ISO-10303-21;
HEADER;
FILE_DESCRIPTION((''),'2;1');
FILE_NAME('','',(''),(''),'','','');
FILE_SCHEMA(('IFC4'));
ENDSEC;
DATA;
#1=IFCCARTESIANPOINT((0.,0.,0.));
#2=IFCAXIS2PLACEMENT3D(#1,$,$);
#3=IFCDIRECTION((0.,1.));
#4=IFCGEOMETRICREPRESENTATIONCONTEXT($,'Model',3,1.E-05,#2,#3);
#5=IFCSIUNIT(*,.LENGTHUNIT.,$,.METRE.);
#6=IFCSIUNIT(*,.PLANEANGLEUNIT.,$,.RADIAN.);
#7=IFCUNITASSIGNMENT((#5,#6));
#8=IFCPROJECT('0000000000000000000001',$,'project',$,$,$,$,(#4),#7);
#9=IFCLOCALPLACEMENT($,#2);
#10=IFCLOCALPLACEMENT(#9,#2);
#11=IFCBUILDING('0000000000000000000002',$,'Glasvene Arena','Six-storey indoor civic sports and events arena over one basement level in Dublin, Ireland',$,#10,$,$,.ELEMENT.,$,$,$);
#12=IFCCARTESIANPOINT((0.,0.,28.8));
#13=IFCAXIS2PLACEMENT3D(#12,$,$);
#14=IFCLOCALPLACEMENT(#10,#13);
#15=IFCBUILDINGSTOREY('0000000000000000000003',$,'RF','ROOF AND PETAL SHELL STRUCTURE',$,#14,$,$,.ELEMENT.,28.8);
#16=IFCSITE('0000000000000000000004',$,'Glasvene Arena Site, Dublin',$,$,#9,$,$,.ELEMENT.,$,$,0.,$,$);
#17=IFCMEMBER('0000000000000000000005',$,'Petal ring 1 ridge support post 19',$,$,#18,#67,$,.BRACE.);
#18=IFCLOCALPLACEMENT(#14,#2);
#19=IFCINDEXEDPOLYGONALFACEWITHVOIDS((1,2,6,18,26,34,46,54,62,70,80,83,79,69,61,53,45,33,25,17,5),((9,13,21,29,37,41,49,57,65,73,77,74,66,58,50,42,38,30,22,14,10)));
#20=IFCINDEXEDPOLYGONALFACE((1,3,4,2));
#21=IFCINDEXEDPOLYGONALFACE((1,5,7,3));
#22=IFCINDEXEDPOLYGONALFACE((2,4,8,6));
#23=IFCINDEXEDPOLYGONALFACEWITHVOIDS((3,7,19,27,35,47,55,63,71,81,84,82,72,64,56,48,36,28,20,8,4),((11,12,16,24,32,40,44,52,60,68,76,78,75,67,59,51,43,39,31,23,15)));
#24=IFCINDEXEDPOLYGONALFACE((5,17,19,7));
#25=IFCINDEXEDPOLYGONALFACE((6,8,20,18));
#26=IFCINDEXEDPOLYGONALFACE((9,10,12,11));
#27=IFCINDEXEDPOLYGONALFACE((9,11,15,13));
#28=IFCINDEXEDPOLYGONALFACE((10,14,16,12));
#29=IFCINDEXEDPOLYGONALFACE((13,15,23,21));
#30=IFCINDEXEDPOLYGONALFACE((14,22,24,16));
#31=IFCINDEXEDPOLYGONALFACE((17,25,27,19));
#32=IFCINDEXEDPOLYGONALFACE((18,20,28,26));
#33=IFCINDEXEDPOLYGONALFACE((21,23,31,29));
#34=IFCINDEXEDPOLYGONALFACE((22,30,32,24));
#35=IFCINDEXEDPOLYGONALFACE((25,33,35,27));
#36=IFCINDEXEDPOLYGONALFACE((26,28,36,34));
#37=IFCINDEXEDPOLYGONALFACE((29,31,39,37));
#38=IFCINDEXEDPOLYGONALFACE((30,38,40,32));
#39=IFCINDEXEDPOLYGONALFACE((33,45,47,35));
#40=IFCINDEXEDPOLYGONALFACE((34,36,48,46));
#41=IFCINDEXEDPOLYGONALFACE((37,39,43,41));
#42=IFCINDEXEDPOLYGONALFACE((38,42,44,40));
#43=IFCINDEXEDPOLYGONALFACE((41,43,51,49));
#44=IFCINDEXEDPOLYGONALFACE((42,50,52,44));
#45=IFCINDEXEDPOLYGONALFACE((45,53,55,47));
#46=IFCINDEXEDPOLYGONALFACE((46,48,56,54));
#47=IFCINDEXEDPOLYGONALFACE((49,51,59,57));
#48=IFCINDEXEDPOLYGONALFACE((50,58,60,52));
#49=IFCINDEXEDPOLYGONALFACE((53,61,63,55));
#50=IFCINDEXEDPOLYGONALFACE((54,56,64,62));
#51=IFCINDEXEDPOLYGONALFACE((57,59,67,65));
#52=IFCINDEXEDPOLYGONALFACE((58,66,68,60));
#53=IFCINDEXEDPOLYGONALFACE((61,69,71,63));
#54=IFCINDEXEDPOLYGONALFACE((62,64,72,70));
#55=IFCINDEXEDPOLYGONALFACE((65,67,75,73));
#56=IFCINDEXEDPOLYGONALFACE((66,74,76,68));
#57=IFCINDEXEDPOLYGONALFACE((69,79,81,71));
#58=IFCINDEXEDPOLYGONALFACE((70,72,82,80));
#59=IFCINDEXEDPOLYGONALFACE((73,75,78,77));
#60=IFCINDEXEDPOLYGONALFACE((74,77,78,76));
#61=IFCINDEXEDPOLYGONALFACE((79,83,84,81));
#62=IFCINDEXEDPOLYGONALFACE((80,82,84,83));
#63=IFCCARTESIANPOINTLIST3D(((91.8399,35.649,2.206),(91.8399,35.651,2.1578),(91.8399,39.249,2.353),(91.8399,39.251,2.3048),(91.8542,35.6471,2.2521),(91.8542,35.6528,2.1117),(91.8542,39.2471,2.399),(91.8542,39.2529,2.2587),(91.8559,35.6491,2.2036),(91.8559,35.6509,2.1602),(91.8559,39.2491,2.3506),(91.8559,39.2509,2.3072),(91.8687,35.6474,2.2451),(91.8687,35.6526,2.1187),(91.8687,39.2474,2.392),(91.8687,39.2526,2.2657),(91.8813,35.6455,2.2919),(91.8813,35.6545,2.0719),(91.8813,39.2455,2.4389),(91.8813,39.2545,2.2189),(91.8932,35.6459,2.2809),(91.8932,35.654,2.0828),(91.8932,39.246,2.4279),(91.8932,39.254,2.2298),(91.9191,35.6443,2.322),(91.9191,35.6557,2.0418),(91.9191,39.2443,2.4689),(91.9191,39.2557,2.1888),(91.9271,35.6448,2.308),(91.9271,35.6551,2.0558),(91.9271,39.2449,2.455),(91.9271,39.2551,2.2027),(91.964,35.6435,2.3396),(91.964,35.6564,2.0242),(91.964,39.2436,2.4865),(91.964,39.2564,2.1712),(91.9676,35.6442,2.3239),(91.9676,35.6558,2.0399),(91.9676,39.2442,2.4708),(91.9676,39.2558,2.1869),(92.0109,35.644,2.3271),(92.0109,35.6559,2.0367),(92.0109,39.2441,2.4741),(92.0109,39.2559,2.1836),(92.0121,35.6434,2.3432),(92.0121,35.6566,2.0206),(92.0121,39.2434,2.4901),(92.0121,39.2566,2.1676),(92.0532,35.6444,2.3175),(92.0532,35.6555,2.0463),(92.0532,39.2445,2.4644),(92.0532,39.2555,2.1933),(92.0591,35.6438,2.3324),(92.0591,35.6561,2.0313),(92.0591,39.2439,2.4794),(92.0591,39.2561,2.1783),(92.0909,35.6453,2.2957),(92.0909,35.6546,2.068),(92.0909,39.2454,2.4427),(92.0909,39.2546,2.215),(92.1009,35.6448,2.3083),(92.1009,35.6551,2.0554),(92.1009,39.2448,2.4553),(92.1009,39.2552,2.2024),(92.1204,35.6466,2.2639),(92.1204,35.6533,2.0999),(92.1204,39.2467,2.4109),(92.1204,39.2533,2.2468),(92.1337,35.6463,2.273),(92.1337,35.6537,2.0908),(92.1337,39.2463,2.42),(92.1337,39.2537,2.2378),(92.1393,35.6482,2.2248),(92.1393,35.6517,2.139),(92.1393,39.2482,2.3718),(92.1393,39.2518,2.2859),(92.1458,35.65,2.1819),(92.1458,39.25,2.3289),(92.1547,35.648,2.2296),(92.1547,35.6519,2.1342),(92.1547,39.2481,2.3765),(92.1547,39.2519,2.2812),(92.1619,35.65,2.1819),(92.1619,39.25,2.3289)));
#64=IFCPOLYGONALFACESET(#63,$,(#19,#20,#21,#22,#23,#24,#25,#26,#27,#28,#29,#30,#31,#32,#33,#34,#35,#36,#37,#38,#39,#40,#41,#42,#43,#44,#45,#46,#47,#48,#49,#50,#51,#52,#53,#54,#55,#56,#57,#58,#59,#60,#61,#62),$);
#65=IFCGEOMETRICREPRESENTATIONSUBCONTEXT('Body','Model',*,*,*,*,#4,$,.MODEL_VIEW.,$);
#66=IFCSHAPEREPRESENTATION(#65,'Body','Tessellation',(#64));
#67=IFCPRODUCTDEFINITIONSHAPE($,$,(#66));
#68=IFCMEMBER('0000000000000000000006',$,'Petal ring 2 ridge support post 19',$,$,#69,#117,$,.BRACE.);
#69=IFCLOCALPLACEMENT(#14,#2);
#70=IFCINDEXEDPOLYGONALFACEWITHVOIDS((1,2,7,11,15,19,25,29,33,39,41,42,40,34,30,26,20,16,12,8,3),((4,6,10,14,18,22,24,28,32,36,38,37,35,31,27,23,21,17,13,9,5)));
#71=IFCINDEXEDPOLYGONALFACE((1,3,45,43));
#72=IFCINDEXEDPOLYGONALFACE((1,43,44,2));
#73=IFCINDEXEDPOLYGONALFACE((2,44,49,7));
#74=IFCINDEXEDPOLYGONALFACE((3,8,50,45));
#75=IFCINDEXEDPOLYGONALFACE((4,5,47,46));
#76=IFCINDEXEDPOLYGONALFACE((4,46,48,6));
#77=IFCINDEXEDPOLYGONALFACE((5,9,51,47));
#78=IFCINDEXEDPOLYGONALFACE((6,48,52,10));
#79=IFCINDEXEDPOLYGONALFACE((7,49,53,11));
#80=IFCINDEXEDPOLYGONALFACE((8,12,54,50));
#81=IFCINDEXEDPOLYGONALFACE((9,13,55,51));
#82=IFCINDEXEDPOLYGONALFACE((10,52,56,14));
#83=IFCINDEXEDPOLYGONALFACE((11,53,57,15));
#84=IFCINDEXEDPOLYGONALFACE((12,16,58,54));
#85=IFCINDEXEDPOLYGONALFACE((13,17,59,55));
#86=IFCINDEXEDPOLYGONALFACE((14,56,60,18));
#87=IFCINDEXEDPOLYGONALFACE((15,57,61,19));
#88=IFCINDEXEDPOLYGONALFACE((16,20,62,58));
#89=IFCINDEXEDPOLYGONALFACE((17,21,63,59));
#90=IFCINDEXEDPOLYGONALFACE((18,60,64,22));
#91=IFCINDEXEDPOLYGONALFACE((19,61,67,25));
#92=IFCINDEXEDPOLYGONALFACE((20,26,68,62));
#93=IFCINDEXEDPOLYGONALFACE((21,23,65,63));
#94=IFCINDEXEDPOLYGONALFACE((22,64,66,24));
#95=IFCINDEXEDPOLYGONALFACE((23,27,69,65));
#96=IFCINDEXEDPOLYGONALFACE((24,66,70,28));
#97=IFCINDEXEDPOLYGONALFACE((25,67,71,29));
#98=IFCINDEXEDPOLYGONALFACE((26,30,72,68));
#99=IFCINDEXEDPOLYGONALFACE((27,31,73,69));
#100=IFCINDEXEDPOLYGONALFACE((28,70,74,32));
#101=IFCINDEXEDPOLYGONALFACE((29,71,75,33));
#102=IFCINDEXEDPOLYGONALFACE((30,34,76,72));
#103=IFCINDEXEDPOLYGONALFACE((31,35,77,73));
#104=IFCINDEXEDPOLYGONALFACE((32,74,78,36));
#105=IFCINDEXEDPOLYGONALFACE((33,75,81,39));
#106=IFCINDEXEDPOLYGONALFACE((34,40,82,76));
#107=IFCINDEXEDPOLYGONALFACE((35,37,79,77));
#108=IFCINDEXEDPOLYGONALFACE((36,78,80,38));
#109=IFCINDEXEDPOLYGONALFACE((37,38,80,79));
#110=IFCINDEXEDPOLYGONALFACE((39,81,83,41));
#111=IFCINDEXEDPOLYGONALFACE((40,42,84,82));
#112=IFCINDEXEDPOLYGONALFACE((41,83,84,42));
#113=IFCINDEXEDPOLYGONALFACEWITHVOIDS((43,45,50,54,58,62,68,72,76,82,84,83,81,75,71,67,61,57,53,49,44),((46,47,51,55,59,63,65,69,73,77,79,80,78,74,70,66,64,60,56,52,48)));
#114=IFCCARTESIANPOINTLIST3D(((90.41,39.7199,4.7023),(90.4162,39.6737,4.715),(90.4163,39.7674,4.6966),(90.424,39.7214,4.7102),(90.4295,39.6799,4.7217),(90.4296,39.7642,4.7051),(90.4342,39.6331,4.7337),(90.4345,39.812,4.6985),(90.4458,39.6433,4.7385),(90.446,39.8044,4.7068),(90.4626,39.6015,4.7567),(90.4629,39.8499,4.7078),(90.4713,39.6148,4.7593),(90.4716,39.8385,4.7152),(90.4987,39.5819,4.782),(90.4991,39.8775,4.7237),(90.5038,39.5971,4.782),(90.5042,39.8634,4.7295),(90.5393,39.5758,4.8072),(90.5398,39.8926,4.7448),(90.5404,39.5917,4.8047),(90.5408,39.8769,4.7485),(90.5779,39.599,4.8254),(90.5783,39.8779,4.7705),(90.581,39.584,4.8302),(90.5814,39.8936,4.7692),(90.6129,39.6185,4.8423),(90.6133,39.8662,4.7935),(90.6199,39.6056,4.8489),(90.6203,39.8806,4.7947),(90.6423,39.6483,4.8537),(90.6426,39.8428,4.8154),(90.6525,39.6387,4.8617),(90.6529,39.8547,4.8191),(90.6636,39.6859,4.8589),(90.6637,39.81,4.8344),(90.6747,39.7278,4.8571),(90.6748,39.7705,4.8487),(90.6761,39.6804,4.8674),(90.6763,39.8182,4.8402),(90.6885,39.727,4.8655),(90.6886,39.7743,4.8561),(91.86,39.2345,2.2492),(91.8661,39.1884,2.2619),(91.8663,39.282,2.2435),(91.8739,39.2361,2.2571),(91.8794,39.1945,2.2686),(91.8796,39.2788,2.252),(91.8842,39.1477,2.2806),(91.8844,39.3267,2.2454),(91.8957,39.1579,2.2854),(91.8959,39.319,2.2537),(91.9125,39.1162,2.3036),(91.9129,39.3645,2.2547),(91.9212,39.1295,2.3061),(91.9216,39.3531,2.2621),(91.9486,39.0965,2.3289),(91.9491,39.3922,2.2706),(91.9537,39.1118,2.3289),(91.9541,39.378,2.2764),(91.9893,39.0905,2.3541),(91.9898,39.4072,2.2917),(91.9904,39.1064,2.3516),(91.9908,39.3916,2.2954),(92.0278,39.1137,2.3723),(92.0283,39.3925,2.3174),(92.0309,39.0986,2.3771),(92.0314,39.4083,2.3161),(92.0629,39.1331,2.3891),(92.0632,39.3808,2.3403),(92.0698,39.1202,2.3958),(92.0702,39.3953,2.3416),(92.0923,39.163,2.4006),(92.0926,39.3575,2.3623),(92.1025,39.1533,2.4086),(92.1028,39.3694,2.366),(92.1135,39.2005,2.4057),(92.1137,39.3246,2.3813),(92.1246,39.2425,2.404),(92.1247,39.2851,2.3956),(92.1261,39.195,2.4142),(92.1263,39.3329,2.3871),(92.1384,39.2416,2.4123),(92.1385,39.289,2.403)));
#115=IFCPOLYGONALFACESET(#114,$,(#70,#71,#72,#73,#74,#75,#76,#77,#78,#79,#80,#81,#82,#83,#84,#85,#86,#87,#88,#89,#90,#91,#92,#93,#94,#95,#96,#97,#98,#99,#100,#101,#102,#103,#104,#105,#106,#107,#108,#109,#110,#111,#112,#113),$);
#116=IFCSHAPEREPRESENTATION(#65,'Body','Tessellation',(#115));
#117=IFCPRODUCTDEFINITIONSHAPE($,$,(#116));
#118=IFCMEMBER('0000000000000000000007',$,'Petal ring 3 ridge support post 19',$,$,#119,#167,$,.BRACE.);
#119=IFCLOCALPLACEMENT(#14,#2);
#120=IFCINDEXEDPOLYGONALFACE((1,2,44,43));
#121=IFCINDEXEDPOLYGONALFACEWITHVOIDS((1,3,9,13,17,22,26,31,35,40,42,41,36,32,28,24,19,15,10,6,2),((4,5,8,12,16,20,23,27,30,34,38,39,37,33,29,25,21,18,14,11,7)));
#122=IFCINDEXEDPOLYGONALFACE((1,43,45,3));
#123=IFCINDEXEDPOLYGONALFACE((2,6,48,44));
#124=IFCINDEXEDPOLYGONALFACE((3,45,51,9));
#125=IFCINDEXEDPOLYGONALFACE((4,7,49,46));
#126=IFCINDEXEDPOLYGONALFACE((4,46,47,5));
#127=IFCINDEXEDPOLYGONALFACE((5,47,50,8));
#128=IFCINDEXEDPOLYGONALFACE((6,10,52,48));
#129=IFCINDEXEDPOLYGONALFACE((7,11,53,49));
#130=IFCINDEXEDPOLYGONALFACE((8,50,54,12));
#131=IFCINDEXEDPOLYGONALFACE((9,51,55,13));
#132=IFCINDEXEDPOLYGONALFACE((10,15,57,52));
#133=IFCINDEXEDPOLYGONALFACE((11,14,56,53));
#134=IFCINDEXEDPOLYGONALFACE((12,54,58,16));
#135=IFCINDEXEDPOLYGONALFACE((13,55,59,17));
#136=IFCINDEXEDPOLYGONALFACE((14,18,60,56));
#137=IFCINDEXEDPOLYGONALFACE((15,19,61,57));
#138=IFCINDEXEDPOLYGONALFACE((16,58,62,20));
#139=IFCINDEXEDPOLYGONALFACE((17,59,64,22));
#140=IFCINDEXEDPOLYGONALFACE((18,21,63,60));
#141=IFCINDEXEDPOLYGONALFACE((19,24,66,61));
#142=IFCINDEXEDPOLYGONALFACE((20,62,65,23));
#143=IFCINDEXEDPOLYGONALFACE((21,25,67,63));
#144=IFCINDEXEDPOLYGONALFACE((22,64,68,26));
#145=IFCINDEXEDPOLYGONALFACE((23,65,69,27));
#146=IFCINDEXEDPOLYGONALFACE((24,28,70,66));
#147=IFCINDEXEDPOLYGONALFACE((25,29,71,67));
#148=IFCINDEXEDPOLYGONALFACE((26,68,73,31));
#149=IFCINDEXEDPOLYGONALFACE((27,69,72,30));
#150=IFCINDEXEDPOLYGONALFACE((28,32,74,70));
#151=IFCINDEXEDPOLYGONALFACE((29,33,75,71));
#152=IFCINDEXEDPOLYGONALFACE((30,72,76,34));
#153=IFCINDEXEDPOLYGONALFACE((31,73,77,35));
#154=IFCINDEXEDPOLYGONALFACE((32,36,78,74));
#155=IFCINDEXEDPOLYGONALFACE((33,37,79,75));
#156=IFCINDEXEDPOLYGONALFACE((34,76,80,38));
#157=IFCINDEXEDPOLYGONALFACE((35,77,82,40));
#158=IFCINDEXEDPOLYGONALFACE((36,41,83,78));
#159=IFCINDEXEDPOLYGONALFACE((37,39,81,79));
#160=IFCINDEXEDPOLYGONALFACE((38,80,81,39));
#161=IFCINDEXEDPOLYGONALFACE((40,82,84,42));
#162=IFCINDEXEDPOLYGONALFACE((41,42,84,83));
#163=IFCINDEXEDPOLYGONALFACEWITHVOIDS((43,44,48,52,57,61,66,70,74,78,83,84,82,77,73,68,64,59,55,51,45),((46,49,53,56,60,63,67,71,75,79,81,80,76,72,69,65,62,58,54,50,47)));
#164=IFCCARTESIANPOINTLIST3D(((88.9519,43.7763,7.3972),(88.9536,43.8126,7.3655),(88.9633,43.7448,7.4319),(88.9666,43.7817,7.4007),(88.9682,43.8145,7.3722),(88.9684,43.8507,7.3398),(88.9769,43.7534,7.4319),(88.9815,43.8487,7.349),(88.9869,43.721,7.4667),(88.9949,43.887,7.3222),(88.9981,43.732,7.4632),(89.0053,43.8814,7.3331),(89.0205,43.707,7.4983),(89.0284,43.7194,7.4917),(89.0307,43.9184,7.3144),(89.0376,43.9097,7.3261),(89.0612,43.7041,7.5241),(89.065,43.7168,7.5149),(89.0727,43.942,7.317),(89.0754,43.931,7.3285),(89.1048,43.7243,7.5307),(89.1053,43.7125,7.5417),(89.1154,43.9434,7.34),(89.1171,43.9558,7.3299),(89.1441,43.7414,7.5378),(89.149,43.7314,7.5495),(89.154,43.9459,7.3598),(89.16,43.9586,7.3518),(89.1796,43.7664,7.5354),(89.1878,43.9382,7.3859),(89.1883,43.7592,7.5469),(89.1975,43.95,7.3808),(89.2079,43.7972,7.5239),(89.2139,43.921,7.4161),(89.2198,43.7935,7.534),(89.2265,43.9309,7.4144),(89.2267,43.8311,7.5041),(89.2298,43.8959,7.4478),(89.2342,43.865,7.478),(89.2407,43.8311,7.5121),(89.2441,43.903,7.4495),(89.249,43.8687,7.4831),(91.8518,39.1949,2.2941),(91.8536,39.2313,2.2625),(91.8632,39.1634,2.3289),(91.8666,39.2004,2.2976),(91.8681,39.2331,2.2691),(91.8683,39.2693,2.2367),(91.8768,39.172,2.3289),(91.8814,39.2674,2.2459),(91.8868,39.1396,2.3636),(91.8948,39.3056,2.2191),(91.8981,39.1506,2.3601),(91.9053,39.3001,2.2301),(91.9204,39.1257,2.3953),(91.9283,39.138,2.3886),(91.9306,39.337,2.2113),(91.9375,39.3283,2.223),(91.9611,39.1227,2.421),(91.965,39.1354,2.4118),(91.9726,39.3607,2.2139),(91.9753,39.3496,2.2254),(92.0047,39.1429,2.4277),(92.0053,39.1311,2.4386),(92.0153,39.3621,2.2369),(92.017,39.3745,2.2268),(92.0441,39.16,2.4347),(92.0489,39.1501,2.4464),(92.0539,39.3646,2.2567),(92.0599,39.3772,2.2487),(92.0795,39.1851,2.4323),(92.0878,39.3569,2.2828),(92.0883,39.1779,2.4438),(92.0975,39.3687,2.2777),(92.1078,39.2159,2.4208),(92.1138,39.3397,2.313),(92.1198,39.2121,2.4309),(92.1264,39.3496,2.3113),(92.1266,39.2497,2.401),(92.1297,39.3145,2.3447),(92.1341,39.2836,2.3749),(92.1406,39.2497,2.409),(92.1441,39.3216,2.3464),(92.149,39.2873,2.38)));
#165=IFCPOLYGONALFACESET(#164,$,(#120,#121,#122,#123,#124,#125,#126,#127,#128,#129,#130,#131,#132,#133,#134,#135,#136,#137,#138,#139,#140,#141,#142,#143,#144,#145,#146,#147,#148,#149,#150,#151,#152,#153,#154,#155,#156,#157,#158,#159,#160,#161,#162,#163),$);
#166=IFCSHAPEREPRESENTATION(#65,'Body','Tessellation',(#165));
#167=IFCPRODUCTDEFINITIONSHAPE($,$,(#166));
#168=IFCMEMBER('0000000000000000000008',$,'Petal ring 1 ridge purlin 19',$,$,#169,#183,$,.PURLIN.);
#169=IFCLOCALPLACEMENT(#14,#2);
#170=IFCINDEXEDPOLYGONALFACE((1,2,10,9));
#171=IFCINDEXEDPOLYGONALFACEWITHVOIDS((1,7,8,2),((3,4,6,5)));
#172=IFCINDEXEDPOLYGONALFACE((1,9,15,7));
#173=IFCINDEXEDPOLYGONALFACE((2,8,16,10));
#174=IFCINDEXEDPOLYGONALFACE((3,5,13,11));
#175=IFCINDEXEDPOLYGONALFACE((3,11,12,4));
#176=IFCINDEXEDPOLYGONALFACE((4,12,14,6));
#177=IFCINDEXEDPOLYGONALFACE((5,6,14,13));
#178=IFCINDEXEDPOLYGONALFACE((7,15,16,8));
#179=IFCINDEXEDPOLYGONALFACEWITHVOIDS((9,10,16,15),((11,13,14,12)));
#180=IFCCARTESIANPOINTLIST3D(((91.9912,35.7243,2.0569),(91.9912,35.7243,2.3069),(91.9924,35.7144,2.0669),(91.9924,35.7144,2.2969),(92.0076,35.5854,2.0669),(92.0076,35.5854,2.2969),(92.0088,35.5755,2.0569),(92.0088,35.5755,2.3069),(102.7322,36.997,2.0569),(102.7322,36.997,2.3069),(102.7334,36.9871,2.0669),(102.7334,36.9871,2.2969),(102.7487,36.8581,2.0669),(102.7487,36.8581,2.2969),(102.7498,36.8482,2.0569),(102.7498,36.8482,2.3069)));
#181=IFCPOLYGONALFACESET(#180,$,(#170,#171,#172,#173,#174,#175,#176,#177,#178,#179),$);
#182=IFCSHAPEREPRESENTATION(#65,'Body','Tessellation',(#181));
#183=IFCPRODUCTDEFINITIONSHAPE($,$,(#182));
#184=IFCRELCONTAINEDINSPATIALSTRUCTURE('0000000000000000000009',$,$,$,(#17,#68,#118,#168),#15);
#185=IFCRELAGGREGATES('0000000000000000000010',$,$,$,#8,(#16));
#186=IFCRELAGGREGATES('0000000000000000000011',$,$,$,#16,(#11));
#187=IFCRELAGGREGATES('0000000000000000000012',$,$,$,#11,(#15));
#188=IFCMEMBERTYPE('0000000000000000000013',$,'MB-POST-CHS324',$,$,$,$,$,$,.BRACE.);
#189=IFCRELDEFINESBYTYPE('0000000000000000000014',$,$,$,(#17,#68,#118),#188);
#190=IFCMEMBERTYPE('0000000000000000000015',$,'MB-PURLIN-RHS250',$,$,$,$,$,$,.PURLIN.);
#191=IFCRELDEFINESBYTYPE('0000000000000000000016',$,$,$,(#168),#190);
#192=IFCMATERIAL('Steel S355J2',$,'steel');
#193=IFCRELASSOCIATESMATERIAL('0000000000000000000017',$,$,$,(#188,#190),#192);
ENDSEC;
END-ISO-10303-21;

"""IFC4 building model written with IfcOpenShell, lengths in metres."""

from ifc_helpers import new_model, si_unit, direction, frame, origin, origin_2d, place, context, subcontext, project, spatial, hollow_rectangle, hollow_circle, extrude, material, material_profile, profile_set, type_object, element, save


model = new_model("IFC4")

# Units and contexts
model_context = context("Model", 3, precision=1e-05, world=origin(), true_north=direction((0.0, 1.0)))
body_context = subcontext(model_context, "Body", "Model", "MODEL_VIEW")
ifc_project = project(units=[si_unit("LENGTHUNIT", "METRE"), si_unit("PLANEANGLEUNIT", "RADIAN")], contexts=[model_context])

# Site, building, storey
site_placement = place(None, origin())
site = spatial("IfcSite", under=ifc_project, at=site_placement, Name="Glasvene Arena Site, Dublin", CompositionType="ELEMENT", RefElevation=0.0)
building_placement = place(site_placement, origin())
building = spatial("IfcBuilding", under=site, at=building_placement, Name="Glasvene Arena", Description="Six-storey indoor civic sports and events arena over one basement level in Dublin, Ireland", CompositionType="ELEMENT")
storey_placement = place(building_placement, frame((0.0, 0.0, 28.8)))
storey = spatial("IfcBuildingStorey", under=building, at=storey_placement, Name="RF", Description="ROOF AND PETAL SHELL STRUCTURE", CompositionType="ELEMENT", Elevation=28.8)

# Members
ifc_material_1 = material(Name="Steel S355J2", Category="steel")
ifc_material_profile_1 = material_profile(ifc_material_1, hollow_circle(Radius=0.1619, WallThickness=0.0161, at=origin_2d()), Name="CHS 323.9x16.0")
ifc_profile_set_1 = profile_set([ifc_material_profile_1], Name="Steel S355J2")
member_type_1 = type_object("IfcMemberType", Name="MB-POST-CHS324", PredefinedType="BRACE", material=ifc_profile_set_1)
member_1_placement = place(storey_placement, frame((92.0, 39.25, 2.3289), z_axis=(0.0, -0.999168, -0.040791), x_axis=(1.0, 0.0, 0.0)))
element("IfcMember", 1, at=member_1_placement, inside=storey, type_object=member_type_1, Name="Petal ring 1 ridge support post 19", PredefinedType="BRACE", context=body_context, shape_type="SweptSolid", body=[
    extrude(hollow_circle(Radius=0.1619, WallThickness=0.0161, at=origin_2d()), origin(), (0.0, 0.0, 1.0), 3.603),
])
member_2_placement = place(storey_placement, frame((92.0, 39.25, 2.3289), z_axis=(-0.501604, 0.167905, 0.848647), x_axis=(-0.317425, -0.948283, 0.0)))
element("IfcMember", 2, at=member_2_placement, inside=storey, type_object=member_type_1, Name="Petal ring 2 ridge support post 19", PredefinedType="BRACE", context=body_context, shape_type="SweptSolid", body=[
    extrude(hollow_circle(Radius=0.1619, WallThickness=0.0161, at=origin_2d()), origin(), (0.0, 0.0, 1.0), 2.8906),
])
member_3_placement = place(storey_placement, frame((92.0, 39.25, 2.3289), z_axis=(-0.389473, 0.615294, 0.685365), x_axis=(-0.844951, -0.534843, 0.0)))
element("IfcMember", 3, at=member_3_placement, inside=storey, type_object=member_type_1, Name="Petal ring 3 ridge support post 19", PredefinedType="BRACE", context=body_context, shape_type="SweptSolid", body=[
    extrude(hollow_circle(Radius=0.1619, WallThickness=0.0161, at=origin_2d()), origin(), (0.0, 0.0, 1.0), 7.4458),
])
ifc_material_profile_2 = material_profile(ifc_material_1, hollow_rectangle(XDim=0.1499, YDim=0.25, WallThickness=0.01, at=origin_2d()), Name="RHS 250x150x10.0")
ifc_profile_set_2 = profile_set([ifc_material_profile_2], Name="Steel S355J2")
member_type_2 = type_object("IfcMemberType", Name="MB-PURLIN-RHS250", PredefinedType="PURLIN", material=ifc_profile_set_2)
member_4_placement = place(storey_placement, frame((92.0, 35.6499, 2.1819), z_axis=(0.993053, 0.117668, 0.0), x_axis=(-0.117668, 0.993053, 0.0)))
element("IfcMember", 4, at=member_4_placement, inside=storey, type_object=member_type_2, Name="Petal ring 1 ridge purlin 19", PredefinedType="PURLIN", context=body_context, shape_type="SweptSolid", body=[
    extrude(hollow_rectangle(XDim=0.1499, YDim=0.25, WallThickness=0.01, at=origin_2d()), origin(), (0.0, 0.0, 1.0), 10.8162),
])

save(model, "model.ifc")
